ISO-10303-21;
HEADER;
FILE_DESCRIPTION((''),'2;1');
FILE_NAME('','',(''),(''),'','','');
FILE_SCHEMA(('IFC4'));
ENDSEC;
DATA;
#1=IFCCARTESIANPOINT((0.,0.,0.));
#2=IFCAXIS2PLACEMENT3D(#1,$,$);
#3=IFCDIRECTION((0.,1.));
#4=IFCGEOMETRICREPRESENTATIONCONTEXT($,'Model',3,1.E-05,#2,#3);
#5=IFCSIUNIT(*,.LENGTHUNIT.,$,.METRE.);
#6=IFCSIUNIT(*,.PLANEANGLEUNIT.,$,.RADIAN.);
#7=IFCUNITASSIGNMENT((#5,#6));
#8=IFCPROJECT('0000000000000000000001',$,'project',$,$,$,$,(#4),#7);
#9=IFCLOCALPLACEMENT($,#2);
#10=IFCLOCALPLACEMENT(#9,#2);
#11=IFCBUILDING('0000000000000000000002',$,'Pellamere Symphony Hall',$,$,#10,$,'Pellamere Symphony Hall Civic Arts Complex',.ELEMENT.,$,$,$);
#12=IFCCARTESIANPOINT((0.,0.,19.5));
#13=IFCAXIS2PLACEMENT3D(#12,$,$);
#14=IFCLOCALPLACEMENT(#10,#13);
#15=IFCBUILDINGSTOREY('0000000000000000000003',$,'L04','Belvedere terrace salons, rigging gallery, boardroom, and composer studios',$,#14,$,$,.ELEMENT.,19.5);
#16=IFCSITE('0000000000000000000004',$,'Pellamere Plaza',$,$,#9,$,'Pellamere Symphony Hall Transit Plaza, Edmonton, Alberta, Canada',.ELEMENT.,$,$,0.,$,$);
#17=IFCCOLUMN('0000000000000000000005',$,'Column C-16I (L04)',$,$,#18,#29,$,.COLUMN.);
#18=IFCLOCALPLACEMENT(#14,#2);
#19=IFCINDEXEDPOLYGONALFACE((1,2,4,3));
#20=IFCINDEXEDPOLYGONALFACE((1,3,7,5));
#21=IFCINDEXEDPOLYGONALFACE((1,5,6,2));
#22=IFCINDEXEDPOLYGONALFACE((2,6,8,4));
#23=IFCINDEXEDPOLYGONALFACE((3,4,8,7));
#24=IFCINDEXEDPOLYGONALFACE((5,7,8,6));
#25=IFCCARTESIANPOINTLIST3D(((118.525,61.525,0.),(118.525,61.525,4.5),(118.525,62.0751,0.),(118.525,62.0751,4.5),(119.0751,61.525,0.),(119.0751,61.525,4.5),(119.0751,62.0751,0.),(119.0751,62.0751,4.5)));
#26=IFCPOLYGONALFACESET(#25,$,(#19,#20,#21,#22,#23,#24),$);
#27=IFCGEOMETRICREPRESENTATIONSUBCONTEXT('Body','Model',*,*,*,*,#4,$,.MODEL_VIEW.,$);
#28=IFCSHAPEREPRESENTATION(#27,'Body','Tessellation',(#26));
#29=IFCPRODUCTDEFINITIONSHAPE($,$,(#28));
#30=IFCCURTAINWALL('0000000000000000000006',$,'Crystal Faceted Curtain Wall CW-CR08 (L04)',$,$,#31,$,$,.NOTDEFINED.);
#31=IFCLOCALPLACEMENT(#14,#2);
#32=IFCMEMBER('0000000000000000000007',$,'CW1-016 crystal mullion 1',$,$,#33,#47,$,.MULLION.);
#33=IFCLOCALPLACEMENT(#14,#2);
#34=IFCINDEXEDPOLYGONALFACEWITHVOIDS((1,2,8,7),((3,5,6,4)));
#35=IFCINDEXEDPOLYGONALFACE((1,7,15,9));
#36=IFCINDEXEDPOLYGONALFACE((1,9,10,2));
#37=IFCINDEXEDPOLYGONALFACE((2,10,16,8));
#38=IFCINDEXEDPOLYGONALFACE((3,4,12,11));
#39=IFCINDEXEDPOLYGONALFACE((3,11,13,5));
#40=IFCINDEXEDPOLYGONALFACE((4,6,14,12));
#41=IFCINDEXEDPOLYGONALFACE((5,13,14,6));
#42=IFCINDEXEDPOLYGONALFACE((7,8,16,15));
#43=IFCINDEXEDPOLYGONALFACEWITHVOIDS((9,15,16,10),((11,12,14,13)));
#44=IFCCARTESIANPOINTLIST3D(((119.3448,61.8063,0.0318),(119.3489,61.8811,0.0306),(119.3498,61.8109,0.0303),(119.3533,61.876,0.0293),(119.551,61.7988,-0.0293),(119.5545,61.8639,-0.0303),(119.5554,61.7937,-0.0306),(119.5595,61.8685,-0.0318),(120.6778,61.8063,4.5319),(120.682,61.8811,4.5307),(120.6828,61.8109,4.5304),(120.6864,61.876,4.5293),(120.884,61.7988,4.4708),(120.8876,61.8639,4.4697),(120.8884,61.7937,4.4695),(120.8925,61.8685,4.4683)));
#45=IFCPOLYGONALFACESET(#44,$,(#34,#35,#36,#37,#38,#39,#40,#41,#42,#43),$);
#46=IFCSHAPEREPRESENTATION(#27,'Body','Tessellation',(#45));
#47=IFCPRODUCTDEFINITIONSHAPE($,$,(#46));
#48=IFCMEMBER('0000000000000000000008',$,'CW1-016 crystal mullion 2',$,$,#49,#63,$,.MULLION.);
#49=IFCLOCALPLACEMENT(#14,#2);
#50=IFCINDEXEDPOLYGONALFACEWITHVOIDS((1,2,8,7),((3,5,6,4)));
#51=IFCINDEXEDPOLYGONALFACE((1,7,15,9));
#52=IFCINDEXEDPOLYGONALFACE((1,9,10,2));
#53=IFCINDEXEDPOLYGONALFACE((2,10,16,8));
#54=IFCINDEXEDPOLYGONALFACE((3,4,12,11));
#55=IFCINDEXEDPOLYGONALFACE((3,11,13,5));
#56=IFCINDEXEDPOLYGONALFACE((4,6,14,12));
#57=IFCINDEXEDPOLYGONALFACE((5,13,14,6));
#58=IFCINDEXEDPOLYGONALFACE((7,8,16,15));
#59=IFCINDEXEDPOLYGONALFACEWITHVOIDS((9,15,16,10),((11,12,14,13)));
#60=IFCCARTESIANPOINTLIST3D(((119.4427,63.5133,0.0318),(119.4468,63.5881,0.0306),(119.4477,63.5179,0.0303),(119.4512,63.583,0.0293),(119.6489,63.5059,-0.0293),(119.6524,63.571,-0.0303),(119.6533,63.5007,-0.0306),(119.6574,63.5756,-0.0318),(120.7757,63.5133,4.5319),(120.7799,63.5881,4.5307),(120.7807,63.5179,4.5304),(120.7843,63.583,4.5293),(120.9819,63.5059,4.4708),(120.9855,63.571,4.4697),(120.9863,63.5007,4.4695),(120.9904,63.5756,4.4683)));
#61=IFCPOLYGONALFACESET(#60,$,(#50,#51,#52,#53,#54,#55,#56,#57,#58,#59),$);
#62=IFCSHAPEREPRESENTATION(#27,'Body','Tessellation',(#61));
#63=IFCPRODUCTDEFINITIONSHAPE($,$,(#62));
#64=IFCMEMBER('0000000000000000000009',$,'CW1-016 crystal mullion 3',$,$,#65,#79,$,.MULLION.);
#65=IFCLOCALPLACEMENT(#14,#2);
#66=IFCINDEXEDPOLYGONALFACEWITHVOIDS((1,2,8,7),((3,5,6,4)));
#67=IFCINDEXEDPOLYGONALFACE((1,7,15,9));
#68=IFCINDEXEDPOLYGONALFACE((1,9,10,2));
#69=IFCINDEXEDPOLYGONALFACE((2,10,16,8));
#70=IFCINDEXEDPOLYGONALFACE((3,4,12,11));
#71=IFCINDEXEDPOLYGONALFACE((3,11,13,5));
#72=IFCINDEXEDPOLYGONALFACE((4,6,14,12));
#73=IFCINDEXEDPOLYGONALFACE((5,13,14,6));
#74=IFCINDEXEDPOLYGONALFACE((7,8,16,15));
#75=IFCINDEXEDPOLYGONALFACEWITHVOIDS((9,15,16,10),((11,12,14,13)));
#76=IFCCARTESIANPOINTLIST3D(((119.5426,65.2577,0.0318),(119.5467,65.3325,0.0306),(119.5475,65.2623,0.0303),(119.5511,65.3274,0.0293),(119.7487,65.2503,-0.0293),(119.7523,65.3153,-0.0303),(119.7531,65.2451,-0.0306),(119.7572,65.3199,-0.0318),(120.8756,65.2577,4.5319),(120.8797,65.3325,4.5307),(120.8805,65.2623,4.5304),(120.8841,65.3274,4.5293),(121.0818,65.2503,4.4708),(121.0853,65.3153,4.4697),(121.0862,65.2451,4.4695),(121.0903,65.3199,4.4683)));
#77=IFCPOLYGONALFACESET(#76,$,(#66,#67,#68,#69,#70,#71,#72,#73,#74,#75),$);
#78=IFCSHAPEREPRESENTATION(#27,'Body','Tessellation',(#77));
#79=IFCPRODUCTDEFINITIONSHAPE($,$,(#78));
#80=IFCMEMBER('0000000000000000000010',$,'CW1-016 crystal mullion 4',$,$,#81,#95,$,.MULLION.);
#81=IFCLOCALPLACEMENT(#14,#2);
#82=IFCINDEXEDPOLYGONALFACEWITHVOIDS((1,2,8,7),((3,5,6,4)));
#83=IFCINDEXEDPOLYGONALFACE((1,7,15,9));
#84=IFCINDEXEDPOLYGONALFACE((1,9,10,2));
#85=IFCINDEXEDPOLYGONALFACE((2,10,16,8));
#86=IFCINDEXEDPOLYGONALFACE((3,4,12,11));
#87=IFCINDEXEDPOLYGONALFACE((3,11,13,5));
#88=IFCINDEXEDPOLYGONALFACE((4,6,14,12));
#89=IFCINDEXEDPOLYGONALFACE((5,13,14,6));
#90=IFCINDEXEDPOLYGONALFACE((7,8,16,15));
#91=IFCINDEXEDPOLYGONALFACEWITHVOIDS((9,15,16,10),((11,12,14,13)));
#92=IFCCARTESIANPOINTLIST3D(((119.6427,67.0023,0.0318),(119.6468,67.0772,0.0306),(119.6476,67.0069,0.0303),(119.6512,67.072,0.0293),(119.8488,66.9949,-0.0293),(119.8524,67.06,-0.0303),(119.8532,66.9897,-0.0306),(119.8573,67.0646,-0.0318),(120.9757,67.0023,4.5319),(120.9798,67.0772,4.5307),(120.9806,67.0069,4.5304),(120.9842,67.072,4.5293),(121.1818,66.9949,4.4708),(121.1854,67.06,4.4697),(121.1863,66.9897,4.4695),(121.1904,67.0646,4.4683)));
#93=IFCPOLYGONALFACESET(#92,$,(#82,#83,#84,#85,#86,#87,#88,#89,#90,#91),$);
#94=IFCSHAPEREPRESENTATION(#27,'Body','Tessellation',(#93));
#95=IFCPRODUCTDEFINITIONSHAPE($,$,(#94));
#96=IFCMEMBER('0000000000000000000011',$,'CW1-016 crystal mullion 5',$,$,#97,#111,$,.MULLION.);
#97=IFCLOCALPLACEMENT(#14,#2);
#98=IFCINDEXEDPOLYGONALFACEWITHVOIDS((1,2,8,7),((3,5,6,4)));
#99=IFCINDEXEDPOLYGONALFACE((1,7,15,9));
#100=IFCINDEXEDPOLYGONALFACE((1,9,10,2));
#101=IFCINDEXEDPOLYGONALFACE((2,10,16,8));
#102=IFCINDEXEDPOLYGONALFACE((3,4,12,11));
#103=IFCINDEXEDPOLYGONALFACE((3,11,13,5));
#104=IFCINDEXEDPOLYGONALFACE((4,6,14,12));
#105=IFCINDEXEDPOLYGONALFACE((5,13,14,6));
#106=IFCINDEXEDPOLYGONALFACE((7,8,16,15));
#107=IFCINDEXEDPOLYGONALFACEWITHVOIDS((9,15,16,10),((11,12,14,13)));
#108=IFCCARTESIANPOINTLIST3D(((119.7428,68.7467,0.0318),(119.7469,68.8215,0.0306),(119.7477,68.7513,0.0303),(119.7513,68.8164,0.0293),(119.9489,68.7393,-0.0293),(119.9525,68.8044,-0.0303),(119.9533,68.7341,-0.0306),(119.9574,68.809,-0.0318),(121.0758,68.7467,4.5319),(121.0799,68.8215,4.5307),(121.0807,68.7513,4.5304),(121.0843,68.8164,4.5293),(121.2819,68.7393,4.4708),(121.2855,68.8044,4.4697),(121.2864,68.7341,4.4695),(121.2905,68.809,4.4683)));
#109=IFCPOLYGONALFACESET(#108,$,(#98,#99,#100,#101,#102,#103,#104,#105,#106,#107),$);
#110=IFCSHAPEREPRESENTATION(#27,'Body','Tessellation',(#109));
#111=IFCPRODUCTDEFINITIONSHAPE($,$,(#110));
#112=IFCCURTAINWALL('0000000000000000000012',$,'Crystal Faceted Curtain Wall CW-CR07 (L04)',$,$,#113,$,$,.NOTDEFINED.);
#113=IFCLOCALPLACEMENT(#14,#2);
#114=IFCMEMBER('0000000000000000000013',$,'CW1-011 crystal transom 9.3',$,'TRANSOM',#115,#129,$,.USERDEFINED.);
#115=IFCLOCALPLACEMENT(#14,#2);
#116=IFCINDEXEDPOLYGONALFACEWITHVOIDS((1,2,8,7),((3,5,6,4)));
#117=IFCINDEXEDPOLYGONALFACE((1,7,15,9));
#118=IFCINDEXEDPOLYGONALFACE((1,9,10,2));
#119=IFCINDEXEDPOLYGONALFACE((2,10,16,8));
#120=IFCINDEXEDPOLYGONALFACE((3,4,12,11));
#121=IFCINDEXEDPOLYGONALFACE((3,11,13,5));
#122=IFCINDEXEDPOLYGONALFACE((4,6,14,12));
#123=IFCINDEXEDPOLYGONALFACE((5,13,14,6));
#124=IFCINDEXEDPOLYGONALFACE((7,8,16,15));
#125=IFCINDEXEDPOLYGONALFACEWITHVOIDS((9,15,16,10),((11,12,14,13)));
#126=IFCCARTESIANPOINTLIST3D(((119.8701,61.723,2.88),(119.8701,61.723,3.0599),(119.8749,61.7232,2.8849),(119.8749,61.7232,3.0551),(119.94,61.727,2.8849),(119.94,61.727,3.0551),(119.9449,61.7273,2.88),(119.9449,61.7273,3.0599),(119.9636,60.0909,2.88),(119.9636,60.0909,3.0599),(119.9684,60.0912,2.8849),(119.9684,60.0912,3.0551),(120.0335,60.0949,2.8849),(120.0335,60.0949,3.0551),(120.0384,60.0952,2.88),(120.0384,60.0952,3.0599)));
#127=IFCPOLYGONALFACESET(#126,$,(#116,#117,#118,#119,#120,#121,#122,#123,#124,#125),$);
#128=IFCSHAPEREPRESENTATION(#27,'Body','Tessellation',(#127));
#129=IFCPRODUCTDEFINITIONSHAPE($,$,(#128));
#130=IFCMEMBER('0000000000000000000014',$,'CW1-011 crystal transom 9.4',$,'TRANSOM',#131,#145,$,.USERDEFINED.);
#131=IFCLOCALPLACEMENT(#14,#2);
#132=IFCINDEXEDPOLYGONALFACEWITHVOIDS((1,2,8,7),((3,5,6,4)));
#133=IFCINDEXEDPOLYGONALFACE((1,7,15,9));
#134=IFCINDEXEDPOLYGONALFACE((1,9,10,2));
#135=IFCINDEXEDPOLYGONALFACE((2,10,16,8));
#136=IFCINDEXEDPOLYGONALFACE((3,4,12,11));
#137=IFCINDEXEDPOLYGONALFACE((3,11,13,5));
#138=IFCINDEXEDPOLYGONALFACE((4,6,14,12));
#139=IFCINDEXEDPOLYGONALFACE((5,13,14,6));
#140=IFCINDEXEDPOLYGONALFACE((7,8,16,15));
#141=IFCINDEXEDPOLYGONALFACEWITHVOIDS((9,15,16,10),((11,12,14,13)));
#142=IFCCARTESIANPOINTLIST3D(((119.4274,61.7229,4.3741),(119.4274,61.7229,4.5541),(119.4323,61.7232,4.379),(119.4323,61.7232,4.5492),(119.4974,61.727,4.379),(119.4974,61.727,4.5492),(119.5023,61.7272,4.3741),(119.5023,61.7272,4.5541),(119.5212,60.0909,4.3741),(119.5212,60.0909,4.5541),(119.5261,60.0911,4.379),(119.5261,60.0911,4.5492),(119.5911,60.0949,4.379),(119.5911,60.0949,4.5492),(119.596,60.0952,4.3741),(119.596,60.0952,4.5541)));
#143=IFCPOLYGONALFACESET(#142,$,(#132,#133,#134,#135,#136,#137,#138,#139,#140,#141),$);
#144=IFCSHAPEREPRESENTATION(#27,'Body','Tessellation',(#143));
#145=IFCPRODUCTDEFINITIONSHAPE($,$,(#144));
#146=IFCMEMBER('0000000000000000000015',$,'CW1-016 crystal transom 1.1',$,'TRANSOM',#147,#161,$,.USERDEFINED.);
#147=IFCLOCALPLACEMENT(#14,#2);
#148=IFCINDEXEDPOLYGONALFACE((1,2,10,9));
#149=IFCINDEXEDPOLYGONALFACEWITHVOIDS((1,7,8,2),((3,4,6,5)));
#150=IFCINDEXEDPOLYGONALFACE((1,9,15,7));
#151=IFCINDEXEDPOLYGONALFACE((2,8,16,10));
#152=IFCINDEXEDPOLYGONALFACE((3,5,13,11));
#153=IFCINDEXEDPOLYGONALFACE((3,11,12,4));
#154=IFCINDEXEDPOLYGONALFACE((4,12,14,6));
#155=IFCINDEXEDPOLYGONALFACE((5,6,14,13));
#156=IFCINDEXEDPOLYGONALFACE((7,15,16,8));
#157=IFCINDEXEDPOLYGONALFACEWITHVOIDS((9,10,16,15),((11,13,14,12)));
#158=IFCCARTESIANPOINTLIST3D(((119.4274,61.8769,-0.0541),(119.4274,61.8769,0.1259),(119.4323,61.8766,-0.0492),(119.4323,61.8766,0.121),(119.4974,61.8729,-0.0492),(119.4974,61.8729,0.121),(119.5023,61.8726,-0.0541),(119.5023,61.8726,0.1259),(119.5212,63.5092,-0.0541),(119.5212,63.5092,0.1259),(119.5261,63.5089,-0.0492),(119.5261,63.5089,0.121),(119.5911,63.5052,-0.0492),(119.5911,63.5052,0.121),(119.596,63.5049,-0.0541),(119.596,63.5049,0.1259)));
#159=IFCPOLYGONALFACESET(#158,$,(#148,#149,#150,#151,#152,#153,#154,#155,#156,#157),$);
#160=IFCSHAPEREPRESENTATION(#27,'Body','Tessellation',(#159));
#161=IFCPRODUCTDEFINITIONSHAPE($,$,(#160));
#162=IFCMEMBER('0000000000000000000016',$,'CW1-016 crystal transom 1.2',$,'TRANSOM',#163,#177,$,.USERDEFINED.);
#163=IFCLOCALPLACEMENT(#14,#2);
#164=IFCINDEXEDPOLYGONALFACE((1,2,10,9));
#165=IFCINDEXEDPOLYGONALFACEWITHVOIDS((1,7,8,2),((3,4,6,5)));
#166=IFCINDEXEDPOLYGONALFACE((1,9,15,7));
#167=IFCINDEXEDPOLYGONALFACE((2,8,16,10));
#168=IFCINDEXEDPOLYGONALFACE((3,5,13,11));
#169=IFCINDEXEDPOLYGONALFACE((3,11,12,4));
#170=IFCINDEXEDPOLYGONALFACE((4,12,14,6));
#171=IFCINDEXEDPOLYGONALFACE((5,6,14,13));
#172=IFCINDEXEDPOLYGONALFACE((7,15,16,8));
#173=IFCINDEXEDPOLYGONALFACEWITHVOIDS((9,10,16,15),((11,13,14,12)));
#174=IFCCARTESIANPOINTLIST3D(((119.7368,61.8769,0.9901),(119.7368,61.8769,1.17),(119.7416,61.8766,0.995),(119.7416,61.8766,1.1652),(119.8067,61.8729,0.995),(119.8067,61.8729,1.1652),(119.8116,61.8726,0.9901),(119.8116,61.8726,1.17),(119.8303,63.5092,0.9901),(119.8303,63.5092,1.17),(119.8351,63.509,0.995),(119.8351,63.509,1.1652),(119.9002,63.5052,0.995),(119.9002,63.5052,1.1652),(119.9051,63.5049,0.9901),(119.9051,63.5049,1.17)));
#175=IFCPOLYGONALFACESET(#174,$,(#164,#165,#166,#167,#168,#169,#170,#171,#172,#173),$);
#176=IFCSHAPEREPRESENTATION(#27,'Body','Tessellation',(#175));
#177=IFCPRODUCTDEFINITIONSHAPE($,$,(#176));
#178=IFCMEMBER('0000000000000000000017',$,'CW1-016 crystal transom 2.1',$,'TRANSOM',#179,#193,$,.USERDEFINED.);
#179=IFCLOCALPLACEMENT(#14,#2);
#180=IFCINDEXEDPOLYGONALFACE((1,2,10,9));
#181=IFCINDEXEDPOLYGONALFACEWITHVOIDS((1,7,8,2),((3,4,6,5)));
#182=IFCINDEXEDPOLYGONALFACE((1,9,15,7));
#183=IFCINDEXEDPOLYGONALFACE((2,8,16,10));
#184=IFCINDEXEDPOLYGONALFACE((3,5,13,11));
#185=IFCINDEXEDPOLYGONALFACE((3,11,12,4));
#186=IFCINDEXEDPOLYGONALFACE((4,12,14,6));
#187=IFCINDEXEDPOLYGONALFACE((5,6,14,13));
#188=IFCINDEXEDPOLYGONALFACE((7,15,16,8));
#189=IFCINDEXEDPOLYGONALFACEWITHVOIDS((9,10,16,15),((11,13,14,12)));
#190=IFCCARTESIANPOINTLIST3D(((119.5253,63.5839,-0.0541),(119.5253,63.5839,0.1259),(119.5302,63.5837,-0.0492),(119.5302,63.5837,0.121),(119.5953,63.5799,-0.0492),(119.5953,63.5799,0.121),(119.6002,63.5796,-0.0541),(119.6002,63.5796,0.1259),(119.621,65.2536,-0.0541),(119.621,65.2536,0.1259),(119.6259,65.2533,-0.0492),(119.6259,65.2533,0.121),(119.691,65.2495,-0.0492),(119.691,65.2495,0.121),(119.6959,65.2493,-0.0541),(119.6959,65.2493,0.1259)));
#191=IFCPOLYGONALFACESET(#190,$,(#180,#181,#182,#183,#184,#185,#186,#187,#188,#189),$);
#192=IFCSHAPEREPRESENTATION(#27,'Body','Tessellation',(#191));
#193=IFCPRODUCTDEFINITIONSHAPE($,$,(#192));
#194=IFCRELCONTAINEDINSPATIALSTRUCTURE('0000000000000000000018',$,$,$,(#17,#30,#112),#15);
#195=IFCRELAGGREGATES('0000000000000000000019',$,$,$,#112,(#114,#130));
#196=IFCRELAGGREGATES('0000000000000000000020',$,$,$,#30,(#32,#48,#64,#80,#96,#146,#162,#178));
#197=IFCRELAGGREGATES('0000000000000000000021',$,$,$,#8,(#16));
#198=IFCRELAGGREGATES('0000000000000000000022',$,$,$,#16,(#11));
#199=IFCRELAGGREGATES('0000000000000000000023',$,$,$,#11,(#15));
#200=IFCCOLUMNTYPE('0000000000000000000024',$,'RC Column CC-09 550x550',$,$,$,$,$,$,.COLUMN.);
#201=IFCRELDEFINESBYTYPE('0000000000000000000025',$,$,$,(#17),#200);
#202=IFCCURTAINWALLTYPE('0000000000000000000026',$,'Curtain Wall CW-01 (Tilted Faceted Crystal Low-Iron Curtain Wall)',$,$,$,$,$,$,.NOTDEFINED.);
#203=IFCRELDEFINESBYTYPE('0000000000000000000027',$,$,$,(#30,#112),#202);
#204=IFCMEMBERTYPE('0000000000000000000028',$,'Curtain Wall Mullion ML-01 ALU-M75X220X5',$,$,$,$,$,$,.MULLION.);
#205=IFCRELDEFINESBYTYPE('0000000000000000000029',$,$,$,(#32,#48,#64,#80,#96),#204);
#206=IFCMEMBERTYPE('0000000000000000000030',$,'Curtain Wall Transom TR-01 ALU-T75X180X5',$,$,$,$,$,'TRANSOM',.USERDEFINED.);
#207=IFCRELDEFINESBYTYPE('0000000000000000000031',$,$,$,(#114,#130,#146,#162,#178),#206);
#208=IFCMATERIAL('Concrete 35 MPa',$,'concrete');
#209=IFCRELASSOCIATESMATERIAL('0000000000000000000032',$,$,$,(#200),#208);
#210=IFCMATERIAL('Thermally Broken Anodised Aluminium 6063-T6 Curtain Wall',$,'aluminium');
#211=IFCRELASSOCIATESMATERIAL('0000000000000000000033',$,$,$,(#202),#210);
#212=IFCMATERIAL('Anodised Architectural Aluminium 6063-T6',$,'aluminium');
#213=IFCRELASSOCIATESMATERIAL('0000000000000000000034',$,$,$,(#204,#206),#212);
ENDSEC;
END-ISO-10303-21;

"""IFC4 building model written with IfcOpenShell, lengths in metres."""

from ifc_helpers import new_model, si_unit, direction, frame, origin, origin_2d, place, context, subcontext, project, spatial, rectangle, hollow_rectangle, extrude, material, material_profile, profile_set, type_object, element, aggregate, save


model = new_model("IFC4")

# Units and contexts
model_context = context("Model", 3, precision=1e-05, world=origin(), true_north=direction((0.0, 1.0)))
body_context = subcontext(model_context, "Body", "Model", "MODEL_VIEW")
ifc_project = project(units=[si_unit("LENGTHUNIT", "METRE"), si_unit("PLANEANGLEUNIT", "RADIAN")], contexts=[model_context])

# Site, building, storey
site_placement = place(None, origin())
site = spatial("IfcSite", under=ifc_project, at=site_placement, Name="Pellamere Plaza", LongName="Pellamere Symphony Hall Transit Plaza, Edmonton, Alberta, Canada", CompositionType="ELEMENT", RefElevation=0.0)
building_placement = place(site_placement, origin())
building = spatial("IfcBuilding", under=site, at=building_placement, Name="Pellamere Symphony Hall", LongName="Pellamere Symphony Hall Civic Arts Complex", CompositionType="ELEMENT")
storey_placement = place(building_placement, frame((0.0, 0.0, 19.5)))
storey = spatial("IfcBuildingStorey", under=building, at=storey_placement, Name="L04", Description="Belvedere terrace salons, rigging gallery, boardroom, and composer studios", CompositionType="ELEMENT", Elevation=19.5)

# Column
ifc_material_1 = material(Name="Concrete 35 MPa", Category="concrete")
ifc_material_profile_1 = material_profile(ifc_material_1, rectangle(XDim=0.55, YDim=0.55, at=origin_2d()), Name="RC 550x550")
ifc_profile_set_1 = profile_set([ifc_material_profile_1], Name="Concrete 35 MPa")
column_type = type_object("IfcColumnType", Name="RC Column CC-09 550x550", PredefinedType="COLUMN", material=ifc_profile_set_1)
column_placement = place(storey_placement, frame((118.8, 61.8, 0.0), z_axis=(0.0, 0.0, 1.0), x_axis=(1.0, 0.0, 0.0)))
element("IfcColumn", 1, at=column_placement, inside=storey, type_object=column_type, Name="Column C-16I (L04)", PredefinedType="COLUMN", context=body_context, shape_type="SweptSolid", body=[
    extrude(rectangle(XDim=0.55, YDim=0.55, at=origin_2d()), origin(), (0.0, 0.0, 1.0), 4.5),
])

# Curtain walls, members
ifc_material_2 = material(Name="Thermally Broken Anodised Aluminium 6063-T6 Curtain Wall", Category="aluminium")
curtain_wall_type = type_object("IfcCurtainWallType", Name="Curtain Wall CW-01 (Tilted Faceted Crystal Low-Iron Curtain Wall)", PredefinedType="NOTDEFINED", material=ifc_material_2)
curtain_wall_1_placement = place(storey_placement, origin())
curtain_wall_1 = element("IfcCurtainWall", 2, at=curtain_wall_1_placement, inside=storey, type_object=curtain_wall_type, Name="Crystal Faceted Curtain Wall CW-CR08 (L04)", PredefinedType="NOTDEFINED")
ifc_material_3 = material(Name="Anodised Architectural Aluminium 6063-T6", Category="aluminium")
ifc_material_profile_2 = material_profile(ifc_material_3, hollow_rectangle(XDim=0.075, YDim=0.22, WallThickness=0.0049, at=origin_2d()), Name="ALU-M75X220X5")
ifc_profile_set_2 = profile_set([ifc_material_profile_2], Name="Anodised Architectural Aluminium 6063-T6")
member_type_1 = type_object("IfcMemberType", Name="Curtain Wall Mullion ML-01 ALU-M75X220X5", PredefinedType="MULLION", material=ifc_profile_set_2)
member_1_placement = place(storey_placement, frame((119.4521, 61.8374, 0.0), z_axis=(0.284025, 0.0, 0.958817), x_axis=(-0.054874, -0.998361, 0.016255)))
member_1 = element("IfcMember", 3, at=member_1_placement, type_object=member_type_1, Name="CW1-016 crystal mullion 1", PredefinedType="MULLION", context=body_context, shape_type="SweptSolid", body=[
    extrude(hollow_rectangle(XDim=0.075, YDim=0.22, WallThickness=0.0049, at=origin_2d()), origin(), (0.0, 0.0, 1.0), 4.6934),
])
member_2_placement = place(storey_placement, frame((119.55, 63.5444, 0.0), z_axis=(0.284025, 0.0, 0.958817), x_axis=(-0.054874, -0.998361, 0.016255)))
member_2 = element("IfcMember", 4, at=member_2_placement, type_object=member_type_1, Name="CW1-016 crystal mullion 2", PredefinedType="MULLION", context=body_context, shape_type="SweptSolid", body=[
    extrude(hollow_rectangle(XDim=0.075, YDim=0.22, WallThickness=0.0049, at=origin_2d()), origin(), (0.0, 0.0, 1.0), 4.6934),
])
member_3_placement = place(storey_placement, frame((119.6499, 65.2888, 0.0), z_axis=(0.284025, 0.0, 0.958817), x_axis=(-0.054874, -0.998361, 0.016255)))
member_3 = element("IfcMember", 5, at=member_3_placement, type_object=member_type_1, Name="CW1-016 crystal mullion 3", PredefinedType="MULLION", context=body_context, shape_type="SweptSolid", body=[
    extrude(hollow_rectangle(XDim=0.075, YDim=0.22, WallThickness=0.0049, at=origin_2d()), origin(), (0.0, 0.0, 1.0), 4.6934),
])
member_4_placement = place(storey_placement, frame((119.75, 67.0334, 0.0), z_axis=(0.284025, 0.0, 0.958817), x_axis=(-0.054874, -0.998361, 0.016255)))
member_4 = element("IfcMember", 6, at=member_4_placement, type_object=member_type_1, Name="CW1-016 crystal mullion 4", PredefinedType="MULLION", context=body_context, shape_type="SweptSolid", body=[
    extrude(hollow_rectangle(XDim=0.075, YDim=0.22, WallThickness=0.0049, at=origin_2d()), origin(), (0.0, 0.0, 1.0), 4.6934),
])
member_5_placement = place(storey_placement, frame((119.8501, 68.7778, 0.0), z_axis=(0.284025, 0.0, 0.958817), x_axis=(-0.054874, -0.998361, 0.016255)))
member_5 = element("IfcMember", 7, at=member_5_placement, type_object=member_type_1, Name="CW1-016 crystal mullion 5", PredefinedType="MULLION", context=body_context, shape_type="SweptSolid", body=[
    extrude(hollow_rectangle(XDim=0.075, YDim=0.22, WallThickness=0.0049, at=origin_2d()), origin(), (0.0, 0.0, 1.0), 4.6934),
])
curtain_wall_2_placement = place(storey_placement, origin())
curtain_wall_2 = element("IfcCurtainWall", 8, at=curtain_wall_2_placement, inside=storey, type_object=curtain_wall_type, Name="Crystal Faceted Curtain Wall CW-CR07 (L04)", PredefinedType="NOTDEFINED")
ifc_material_profile_3 = material_profile(ifc_material_3, hollow_rectangle(XDim=0.075, YDim=0.1799, WallThickness=0.0049, at=origin_2d()), Name="ALU-T75X180X5")
ifc_profile_set_3 = profile_set([ifc_material_profile_3], Name="Anodised Architectural Aluminium 6063-T6")
member_type_2 = type_object("IfcMemberType", Name="Curtain Wall Transom TR-01 ALU-T75X180X5", ElementType="TRANSOM", PredefinedType="USERDEFINED", material=ifc_profile_set_3)
member_6_placement = place(storey_placement, frame((120.001, 60.093, 2.97), z_axis=(-0.057199, 0.998363, 0.0), x_axis=(-0.998363, -0.057199, 0.0)))
member_6 = element("IfcMember", 9, at=member_6_placement, type_object=member_type_2, Name="CW1-011 crystal transom 9.3", ObjectType="TRANSOM", PredefinedType="USERDEFINED", context=body_context, shape_type="SweptSolid", body=[
    extrude(hollow_rectangle(XDim=0.075, YDim=0.1799, WallThickness=0.0049, at=origin_2d()), origin(), (0.0, 0.0, 1.0), 1.6348),
])
member_7_placement = place(storey_placement, frame((119.5586, 60.093, 4.4641), z_axis=(-0.057348, 0.998354, 0.0), x_axis=(-0.998354, -0.057348, 0.0)))
member_7 = element("IfcMember", 10, at=member_7_placement, type_object=member_type_2, Name="CW1-011 crystal transom 9.4", ObjectType="TRANSOM", PredefinedType="USERDEFINED", context=body_context, shape_type="SweptSolid", body=[
    extrude(hollow_rectangle(XDim=0.075, YDim=0.1799, WallThickness=0.0049, at=origin_2d()), origin(), (0.0, 0.0, 1.0), 1.6348),
])

# Members
member_8_placement = place(storey_placement, frame((119.4648, 61.8748, 0.0359), z_axis=(0.057339, 0.998355, 0.0), x_axis=(-0.998355, 0.057339, 0.0)))
member_8 = element("IfcMember", 11, at=member_8_placement, type_object=member_type_2, Name="CW1-016 crystal transom 1.1", ObjectType="TRANSOM", PredefinedType="USERDEFINED", context=body_context, shape_type="SweptSolid", body=[
    extrude(hollow_rectangle(XDim=0.075, YDim=0.1799, WallThickness=0.0049, at=origin_2d()), origin(), (0.0, 0.0, 1.0), 1.635),
])
member_9_placement = place(storey_placement, frame((119.7742, 61.8748, 1.0801), z_axis=(0.05719, 0.998363, 0.0), x_axis=(-0.998363, 0.05719, 0.0)))
member_9 = element("IfcMember", 12, at=member_9_placement, type_object=member_type_2, Name="CW1-016 crystal transom 1.2", ObjectType="TRANSOM", PredefinedType="USERDEFINED", context=body_context, shape_type="SweptSolid", body=[
    extrude(hollow_rectangle(XDim=0.075, YDim=0.1799, WallThickness=0.0049, at=origin_2d()), origin(), (0.0, 0.0, 1.0), 1.635),
])
member_10_placement = place(storey_placement, frame((119.5627, 63.5818, 0.0359), z_axis=(0.057224, 0.998361, 0.0), x_axis=(-0.998361, 0.057224, 0.0)))
member_10 = element("IfcMember", 13, at=member_10_placement, type_object=member_type_2, Name="CW1-016 crystal transom 2.1", ObjectType="TRANSOM", PredefinedType="USERDEFINED", context=body_context, shape_type="SweptSolid", body=[
    extrude(hollow_rectangle(XDim=0.075, YDim=0.1799, WallThickness=0.0049, at=origin_2d()), origin(), (0.0, 0.0, 1.0), 1.6724),
])

aggregate(curtain_wall_2, [member_6, member_7])
aggregate(curtain_wall_1, [member_1, member_2, member_3, member_4, member_5, member_8, member_9, member_10])

save(model, "model.ifc")
